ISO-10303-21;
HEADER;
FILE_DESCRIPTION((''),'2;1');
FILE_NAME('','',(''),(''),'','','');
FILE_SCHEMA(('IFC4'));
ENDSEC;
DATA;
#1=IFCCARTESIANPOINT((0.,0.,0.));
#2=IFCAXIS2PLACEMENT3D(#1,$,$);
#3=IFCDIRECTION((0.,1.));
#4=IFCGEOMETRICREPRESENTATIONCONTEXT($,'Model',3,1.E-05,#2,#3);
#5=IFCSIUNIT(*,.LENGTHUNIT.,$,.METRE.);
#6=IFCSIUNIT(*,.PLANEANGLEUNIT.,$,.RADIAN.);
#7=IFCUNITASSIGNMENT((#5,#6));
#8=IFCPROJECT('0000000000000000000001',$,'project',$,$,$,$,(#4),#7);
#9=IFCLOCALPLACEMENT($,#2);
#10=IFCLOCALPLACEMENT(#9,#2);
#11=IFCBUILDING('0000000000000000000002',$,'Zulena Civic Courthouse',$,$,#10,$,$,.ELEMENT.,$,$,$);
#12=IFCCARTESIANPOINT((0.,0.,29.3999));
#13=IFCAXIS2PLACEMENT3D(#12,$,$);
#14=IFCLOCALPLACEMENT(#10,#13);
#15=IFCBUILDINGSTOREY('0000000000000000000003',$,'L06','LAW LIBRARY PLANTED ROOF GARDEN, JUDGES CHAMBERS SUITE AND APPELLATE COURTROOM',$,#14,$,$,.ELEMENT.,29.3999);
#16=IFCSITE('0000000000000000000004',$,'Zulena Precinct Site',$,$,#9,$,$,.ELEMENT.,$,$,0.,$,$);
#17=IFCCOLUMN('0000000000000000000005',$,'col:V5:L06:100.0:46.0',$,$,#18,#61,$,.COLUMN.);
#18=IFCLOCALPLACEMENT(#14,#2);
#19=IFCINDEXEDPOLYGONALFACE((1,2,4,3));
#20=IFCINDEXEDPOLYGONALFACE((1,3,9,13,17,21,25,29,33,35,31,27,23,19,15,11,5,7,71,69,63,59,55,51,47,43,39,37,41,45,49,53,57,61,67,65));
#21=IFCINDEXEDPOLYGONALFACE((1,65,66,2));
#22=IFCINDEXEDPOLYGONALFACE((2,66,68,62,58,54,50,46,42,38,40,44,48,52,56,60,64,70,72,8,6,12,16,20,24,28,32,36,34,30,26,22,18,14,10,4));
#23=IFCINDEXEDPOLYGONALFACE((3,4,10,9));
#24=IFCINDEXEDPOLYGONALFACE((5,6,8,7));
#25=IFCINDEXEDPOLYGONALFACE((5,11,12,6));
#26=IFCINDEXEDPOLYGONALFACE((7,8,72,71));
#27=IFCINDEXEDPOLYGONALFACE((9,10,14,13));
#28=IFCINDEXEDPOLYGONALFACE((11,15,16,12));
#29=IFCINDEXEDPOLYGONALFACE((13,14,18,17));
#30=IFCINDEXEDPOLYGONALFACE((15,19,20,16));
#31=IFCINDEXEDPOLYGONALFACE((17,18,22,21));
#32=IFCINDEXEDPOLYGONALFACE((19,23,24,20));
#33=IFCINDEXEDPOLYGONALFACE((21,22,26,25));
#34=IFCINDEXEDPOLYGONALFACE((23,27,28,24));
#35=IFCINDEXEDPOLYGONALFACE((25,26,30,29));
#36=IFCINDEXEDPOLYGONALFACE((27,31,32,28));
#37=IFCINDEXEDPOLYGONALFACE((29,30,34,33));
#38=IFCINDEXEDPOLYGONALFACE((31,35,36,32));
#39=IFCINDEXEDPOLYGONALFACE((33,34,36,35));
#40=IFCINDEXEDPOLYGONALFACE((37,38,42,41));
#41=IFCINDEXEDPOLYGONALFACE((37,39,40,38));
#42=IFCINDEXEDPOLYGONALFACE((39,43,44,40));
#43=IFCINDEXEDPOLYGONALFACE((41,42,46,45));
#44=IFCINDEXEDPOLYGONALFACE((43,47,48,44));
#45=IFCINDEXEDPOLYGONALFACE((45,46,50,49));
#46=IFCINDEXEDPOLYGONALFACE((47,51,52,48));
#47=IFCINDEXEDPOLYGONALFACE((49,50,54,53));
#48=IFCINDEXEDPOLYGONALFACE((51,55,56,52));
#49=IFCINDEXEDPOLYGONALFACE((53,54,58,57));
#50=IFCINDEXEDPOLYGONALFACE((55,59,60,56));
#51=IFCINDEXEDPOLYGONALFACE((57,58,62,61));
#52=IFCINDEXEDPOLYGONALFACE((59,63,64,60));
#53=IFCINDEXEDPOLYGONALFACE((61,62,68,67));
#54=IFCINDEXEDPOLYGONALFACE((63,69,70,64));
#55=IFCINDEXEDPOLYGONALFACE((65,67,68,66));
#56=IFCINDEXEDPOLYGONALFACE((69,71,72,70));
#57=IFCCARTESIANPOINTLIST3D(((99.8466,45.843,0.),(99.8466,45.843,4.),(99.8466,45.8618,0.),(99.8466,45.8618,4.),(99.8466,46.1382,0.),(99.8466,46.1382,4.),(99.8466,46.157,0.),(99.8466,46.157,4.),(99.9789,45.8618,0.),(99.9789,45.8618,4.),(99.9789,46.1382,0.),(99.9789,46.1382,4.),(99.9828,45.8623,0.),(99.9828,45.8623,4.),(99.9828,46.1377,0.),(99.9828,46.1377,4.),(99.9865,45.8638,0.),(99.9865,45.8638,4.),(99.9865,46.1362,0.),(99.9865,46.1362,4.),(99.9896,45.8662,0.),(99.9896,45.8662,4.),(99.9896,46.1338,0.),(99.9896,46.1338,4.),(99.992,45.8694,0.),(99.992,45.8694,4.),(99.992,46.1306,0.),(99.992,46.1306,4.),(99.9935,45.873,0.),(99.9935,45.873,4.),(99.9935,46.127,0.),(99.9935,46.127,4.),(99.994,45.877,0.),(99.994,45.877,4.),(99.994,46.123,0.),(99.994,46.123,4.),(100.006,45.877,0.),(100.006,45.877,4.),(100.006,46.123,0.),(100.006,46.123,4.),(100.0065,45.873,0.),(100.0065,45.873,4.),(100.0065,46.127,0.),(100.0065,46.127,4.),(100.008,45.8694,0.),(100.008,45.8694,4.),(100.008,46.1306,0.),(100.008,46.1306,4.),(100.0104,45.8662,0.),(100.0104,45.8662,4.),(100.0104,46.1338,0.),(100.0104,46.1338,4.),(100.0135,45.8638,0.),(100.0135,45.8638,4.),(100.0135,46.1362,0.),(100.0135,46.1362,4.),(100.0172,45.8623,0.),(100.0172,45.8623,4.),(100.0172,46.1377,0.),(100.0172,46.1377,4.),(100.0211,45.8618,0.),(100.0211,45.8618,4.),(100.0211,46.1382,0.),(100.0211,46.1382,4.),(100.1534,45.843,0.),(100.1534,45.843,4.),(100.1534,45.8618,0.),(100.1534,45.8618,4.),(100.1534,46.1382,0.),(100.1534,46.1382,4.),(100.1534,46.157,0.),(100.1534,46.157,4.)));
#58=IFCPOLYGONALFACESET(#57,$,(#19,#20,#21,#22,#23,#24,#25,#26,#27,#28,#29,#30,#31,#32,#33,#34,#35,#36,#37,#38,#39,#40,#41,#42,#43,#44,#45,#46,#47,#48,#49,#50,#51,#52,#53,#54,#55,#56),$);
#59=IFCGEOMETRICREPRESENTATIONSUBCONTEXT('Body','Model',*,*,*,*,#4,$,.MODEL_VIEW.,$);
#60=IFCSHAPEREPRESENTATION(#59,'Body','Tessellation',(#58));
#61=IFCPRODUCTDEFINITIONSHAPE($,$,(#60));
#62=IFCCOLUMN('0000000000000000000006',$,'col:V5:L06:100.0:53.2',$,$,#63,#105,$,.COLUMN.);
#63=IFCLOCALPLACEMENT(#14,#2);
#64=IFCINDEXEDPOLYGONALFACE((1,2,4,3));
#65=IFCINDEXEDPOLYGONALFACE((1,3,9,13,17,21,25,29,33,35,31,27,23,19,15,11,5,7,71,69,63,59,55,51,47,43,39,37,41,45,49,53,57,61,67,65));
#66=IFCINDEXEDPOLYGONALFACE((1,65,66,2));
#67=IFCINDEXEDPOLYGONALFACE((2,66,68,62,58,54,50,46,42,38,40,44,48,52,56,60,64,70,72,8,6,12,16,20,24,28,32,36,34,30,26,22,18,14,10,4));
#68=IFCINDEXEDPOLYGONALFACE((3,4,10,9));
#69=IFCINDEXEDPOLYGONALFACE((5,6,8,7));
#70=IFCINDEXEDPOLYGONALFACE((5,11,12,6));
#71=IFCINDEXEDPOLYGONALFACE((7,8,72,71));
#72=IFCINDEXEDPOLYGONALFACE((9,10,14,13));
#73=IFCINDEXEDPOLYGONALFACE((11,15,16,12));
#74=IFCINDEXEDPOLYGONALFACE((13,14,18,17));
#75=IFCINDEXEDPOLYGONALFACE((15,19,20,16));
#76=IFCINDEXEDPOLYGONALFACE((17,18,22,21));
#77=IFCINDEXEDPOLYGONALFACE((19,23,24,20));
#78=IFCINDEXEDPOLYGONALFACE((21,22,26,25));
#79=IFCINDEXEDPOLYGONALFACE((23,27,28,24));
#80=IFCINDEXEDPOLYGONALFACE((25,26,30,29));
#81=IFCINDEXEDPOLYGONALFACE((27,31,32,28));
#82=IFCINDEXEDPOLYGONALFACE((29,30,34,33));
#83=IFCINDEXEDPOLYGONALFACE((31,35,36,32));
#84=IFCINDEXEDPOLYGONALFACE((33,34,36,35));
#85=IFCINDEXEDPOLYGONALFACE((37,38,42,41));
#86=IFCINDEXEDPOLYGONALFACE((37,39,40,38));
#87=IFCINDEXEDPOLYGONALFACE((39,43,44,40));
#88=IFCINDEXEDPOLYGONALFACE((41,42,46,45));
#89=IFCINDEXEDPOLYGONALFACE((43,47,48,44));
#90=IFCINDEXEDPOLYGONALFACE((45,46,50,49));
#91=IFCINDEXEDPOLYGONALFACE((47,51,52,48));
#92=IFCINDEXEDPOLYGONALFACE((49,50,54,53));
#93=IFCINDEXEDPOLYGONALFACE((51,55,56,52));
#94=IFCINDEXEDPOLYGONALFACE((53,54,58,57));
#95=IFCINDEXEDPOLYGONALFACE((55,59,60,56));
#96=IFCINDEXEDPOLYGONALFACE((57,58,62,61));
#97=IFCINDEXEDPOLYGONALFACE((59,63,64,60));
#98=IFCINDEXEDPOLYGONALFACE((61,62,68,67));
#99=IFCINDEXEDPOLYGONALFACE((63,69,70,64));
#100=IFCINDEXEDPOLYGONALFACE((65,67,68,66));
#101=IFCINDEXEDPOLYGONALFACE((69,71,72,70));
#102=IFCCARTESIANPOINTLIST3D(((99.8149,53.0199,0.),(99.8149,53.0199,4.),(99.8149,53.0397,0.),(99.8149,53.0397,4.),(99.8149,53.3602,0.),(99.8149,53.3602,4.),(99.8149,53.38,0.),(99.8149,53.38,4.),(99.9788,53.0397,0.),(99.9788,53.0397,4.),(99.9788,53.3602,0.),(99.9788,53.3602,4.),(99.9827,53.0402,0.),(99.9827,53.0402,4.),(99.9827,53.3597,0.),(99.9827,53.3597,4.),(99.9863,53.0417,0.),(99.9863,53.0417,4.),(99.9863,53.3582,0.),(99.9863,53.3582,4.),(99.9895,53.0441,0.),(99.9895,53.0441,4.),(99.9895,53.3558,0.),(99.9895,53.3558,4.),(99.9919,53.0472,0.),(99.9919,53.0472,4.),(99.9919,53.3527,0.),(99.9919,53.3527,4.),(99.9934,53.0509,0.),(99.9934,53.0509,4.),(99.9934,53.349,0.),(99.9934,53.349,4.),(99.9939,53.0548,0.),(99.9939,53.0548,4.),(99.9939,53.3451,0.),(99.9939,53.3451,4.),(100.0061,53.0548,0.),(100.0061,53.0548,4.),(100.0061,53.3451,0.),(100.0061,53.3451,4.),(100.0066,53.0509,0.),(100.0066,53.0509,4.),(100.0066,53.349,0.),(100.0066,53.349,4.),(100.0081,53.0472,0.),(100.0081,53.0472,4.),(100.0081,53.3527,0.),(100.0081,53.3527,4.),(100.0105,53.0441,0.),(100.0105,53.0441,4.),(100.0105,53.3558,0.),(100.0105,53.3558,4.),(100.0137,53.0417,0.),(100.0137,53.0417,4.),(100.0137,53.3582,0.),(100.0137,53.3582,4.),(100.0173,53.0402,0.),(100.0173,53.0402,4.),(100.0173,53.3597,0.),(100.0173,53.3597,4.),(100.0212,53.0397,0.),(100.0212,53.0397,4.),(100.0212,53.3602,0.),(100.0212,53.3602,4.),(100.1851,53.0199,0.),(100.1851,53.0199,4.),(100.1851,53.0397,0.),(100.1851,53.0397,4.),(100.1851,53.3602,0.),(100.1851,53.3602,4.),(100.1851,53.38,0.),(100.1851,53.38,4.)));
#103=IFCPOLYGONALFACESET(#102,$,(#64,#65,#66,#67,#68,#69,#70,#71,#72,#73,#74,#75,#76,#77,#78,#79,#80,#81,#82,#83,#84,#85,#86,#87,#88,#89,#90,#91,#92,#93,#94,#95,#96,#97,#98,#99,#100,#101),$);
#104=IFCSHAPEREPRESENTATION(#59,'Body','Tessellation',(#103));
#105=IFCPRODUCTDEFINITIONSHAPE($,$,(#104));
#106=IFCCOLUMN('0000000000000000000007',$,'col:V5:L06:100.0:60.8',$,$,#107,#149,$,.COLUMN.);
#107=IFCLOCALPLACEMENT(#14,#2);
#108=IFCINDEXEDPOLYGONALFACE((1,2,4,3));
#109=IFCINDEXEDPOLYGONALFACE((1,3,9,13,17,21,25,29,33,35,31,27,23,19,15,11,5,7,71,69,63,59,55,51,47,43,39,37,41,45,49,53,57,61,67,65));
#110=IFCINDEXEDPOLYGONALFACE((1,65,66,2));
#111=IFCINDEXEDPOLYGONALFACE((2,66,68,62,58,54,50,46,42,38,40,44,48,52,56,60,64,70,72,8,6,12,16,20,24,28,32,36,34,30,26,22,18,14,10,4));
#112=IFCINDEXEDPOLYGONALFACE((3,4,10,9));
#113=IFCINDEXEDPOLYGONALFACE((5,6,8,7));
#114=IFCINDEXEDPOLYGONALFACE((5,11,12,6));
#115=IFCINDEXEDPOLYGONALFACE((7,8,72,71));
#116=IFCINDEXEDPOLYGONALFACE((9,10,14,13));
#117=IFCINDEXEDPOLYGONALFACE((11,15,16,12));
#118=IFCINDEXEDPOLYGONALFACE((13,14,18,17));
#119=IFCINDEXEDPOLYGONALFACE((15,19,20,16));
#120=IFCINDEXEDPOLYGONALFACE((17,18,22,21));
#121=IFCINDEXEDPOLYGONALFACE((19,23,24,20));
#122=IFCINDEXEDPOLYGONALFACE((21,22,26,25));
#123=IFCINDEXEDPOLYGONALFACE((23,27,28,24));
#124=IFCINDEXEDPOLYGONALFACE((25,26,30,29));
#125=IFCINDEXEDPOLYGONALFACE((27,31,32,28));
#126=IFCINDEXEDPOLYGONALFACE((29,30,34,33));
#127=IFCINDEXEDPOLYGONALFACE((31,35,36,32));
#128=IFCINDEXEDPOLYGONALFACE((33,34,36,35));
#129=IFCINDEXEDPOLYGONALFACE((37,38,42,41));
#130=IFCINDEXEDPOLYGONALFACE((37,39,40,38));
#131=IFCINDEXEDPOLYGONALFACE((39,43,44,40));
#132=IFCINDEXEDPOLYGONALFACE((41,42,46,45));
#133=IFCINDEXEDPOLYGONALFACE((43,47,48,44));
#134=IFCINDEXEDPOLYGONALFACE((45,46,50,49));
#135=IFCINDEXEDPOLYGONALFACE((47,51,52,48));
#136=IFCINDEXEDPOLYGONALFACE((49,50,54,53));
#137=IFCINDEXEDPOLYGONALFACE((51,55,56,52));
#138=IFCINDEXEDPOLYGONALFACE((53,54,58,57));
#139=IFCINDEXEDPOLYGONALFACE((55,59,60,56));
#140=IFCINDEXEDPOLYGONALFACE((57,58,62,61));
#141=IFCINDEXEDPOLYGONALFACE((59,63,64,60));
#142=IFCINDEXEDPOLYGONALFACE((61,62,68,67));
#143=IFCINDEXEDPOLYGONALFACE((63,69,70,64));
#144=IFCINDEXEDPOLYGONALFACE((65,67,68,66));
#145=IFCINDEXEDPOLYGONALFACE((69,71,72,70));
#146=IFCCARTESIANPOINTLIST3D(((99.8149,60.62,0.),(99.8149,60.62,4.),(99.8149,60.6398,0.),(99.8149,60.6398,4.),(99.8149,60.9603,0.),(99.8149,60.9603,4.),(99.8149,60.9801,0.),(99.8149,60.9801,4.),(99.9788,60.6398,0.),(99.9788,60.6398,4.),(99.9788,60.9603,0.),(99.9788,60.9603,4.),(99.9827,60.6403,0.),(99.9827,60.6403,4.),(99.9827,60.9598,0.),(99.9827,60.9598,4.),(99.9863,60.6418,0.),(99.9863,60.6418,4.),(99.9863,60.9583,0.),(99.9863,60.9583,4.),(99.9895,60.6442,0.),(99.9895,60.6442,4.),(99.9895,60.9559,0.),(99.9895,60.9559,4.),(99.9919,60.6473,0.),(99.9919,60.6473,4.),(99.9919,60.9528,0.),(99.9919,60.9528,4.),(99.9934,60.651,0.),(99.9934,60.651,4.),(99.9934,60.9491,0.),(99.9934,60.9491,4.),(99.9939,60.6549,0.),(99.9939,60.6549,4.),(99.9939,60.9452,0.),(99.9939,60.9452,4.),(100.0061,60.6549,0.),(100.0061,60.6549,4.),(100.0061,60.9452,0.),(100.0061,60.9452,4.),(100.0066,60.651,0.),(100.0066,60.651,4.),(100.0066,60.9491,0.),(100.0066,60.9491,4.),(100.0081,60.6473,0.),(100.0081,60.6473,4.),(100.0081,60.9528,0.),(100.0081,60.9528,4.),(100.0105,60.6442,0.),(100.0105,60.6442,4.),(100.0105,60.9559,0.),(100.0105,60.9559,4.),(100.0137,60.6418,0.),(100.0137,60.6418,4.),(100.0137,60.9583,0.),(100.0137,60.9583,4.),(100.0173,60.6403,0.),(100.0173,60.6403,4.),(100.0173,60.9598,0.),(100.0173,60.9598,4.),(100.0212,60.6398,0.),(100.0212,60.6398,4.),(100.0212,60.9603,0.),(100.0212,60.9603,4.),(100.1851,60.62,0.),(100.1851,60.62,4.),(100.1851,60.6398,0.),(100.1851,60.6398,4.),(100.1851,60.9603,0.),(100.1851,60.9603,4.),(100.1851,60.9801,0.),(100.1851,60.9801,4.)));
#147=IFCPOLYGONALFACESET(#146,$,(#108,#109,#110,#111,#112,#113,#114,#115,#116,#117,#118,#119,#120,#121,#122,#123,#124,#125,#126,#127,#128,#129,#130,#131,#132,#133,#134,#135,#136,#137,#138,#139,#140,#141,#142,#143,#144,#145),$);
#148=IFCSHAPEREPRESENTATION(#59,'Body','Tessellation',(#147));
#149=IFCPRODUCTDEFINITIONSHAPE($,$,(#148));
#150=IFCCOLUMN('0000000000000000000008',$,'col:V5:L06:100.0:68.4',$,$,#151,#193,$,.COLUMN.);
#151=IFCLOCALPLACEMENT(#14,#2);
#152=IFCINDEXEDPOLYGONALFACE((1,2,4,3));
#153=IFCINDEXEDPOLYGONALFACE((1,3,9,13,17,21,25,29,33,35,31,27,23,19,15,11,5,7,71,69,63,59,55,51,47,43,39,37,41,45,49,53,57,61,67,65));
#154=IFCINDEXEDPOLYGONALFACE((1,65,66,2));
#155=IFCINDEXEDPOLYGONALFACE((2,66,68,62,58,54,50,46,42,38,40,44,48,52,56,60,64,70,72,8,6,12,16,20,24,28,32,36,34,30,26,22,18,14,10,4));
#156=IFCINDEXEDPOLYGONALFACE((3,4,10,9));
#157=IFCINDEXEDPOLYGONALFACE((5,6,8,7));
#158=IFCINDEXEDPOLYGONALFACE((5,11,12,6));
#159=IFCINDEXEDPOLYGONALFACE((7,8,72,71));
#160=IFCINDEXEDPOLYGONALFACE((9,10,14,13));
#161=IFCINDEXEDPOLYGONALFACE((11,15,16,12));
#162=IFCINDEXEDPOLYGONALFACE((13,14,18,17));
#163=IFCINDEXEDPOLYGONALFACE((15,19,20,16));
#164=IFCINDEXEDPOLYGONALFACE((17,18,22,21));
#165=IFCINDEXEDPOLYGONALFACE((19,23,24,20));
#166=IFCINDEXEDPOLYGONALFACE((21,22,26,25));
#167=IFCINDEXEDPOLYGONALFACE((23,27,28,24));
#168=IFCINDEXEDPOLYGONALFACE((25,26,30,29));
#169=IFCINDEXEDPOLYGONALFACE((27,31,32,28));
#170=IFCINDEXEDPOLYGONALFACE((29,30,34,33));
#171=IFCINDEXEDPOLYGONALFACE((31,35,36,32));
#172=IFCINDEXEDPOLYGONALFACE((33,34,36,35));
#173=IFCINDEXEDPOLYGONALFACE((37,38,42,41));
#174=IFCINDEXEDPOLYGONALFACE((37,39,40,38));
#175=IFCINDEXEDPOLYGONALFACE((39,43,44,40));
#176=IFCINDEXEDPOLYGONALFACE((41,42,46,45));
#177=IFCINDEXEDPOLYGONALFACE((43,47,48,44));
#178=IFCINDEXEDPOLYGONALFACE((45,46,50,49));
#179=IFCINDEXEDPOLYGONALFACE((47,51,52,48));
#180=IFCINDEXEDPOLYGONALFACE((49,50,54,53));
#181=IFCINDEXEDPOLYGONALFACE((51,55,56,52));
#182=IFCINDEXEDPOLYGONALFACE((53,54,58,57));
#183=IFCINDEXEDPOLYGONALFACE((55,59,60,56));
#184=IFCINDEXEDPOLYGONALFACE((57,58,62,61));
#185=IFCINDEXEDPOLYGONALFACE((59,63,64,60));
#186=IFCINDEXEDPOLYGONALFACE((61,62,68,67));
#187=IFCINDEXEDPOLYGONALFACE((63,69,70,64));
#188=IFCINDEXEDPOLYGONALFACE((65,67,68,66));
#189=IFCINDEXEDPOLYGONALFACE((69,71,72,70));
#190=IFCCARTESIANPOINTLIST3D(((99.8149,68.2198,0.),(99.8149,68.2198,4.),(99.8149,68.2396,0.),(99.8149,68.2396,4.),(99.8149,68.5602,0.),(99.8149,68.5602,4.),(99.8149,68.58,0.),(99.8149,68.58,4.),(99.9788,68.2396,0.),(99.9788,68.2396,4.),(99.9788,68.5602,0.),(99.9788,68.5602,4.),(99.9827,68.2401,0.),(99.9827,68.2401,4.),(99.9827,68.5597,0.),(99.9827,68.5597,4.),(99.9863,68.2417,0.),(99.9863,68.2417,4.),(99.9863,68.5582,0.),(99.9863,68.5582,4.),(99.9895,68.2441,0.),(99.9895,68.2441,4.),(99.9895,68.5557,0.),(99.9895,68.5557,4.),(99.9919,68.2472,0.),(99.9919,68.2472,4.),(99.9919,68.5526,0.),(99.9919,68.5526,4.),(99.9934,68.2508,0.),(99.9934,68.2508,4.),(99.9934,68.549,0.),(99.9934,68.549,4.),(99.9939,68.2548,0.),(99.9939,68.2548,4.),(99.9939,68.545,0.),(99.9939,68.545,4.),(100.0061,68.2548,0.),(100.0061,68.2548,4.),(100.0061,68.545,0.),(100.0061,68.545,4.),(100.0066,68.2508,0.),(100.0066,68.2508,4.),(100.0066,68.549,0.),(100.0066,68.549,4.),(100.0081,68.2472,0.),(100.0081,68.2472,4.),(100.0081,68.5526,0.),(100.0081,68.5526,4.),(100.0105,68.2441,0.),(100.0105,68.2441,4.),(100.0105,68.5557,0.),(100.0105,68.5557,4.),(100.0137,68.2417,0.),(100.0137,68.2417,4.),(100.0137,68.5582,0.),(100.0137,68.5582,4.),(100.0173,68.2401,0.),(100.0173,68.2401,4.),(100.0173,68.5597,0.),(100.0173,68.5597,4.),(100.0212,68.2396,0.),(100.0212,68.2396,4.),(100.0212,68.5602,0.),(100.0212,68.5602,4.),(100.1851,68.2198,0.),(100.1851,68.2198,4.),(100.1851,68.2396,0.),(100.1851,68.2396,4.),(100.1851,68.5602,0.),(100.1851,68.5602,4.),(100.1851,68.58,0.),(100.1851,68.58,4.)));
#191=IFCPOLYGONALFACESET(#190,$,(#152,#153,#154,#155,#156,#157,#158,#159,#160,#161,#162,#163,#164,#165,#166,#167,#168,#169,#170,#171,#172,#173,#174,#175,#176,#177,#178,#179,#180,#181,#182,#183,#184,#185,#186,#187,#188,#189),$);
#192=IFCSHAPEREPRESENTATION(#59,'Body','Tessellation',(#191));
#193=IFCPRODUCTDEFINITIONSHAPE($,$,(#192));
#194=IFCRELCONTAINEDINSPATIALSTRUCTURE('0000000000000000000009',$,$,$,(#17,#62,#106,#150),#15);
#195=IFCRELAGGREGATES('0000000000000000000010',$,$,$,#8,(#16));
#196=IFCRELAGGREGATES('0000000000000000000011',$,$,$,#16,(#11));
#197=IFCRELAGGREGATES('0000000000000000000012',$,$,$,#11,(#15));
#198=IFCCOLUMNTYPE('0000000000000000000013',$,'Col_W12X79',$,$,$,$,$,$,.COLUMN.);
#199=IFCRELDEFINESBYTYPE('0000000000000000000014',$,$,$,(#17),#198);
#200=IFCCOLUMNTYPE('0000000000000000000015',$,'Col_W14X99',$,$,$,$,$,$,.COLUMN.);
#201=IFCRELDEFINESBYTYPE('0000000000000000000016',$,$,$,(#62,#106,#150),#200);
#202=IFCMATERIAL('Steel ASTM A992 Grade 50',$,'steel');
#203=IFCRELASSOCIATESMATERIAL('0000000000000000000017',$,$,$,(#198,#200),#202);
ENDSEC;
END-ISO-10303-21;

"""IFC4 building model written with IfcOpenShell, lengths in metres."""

from ifc_helpers import new_model, si_unit, direction, frame, origin, origin_2d, place, context, subcontext, project, spatial, i_section, extrude, material, material_profile, profile_set, type_object, element, save


model = new_model("IFC4")

# Units and contexts
model_context = context("Model", 3, precision=1e-05, world=origin(), true_north=direction((0.0, 1.0)))
body_context = subcontext(model_context, "Body", "Model", "MODEL_VIEW")
ifc_project = project(units=[si_unit("LENGTHUNIT", "METRE"), si_unit("PLANEANGLEUNIT", "RADIAN")], contexts=[model_context])

# Site, building, storey
site_placement = place(None, origin())
site = spatial("IfcSite", under=ifc_project, at=site_placement, Name="Zulena Precinct Site", CompositionType="ELEMENT", RefElevation=0.0)
building_placement = place(site_placement, origin())
building = spatial("IfcBuilding", under=site, at=building_placement, Name="Zulena Civic Courthouse", CompositionType="ELEMENT")
storey_placement = place(building_placement, frame((0.0, 0.0, 29.3999)))
storey = spatial("IfcBuildingStorey", under=building, at=storey_placement, Name="L06", Description="LAW LIBRARY PLANTED ROOF GARDEN, JUDGES CHAMBERS SUITE AND APPELLATE COURTROOM", CompositionType="ELEMENT", Elevation=29.3999)

# Columns
ifc_material_1 = material(Name="Steel ASTM A992 Grade 50", Category="steel")
ifc_material_profile_1 = material_profile(ifc_material_1, i_section(OverallWidth=0.3069, OverallDepth=0.314, WebThickness=0.012, FlangeThickness=0.0188, FilletRadius=0.0151, at=origin_2d()), Name="W12X79")
ifc_profile_set_1 = profile_set([ifc_material_profile_1], Name="Steel ASTM A992 Grade 50")
column_type_1 = type_object("IfcColumnType", Name="Col_W12X79", PredefinedType="COLUMN", material=ifc_profile_set_1)
column_placement = place(storey_placement, frame((100.0, 46.0, 0.0), z_axis=(0.0, 0.0, 1.0), x_axis=(1.0, 0.0, 0.0)))
element("IfcColumn", 1, at=column_placement, inside=storey, type_object=column_type_1, Name="col:V5:L06:100.0:46.0", PredefinedType="COLUMN", context=body_context, shape_type="SweptSolid", body=[
    extrude(i_section(OverallWidth=0.3069, OverallDepth=0.314, WebThickness=0.012, FlangeThickness=0.0188, FilletRadius=0.0151, at=origin_2d()), origin(), (0.0, 0.0, 1.0), 4.0),
])
ifc_material_profile_2 = material_profile(ifc_material_1, i_section(OverallWidth=0.3701, OverallDepth=0.3601, WebThickness=0.0122, FlangeThickness=0.0198, FilletRadius=0.0151, at=origin_2d()), Name="W14X99")
ifc_profile_set_2 = profile_set([ifc_material_profile_2], Name="Steel ASTM A992 Grade 50")
column_type_2 = type_object("IfcColumnType", Name="Col_W14X99", PredefinedType="COLUMN", material=ifc_profile_set_2)
for number, where, z_axis, x_axis, name in (
    (2, (100.0, 53.2, 0.0), (0.0, 0.0, 1.0), (1.0, 0.0, 0.0), "col:V5:L06:100.0:53.2"),
    (3, (100.0, 60.8, 0.0), (0.0, 0.0, 1.0), (1.0, 0.0, 0.0), "col:V5:L06:100.0:60.8"),
    (4, (100.0, 68.3999, 0.0), (0.0, 0.0, 1.0), (1.0, 0.0, 0.0), "col:V5:L06:100.0:68.4"),
):
    element("IfcColumn", number, at=place(storey_placement, frame(where, z_axis=z_axis, x_axis=x_axis)), inside=storey, type_object=column_type_2, Name=name, PredefinedType="COLUMN", context=body_context, shape_type="SweptSolid", body=[
        extrude(i_section(OverallWidth=0.3701, OverallDepth=0.3601, WebThickness=0.0122, FlangeThickness=0.0198, FilletRadius=0.0151, at=origin_2d()), origin(), (0.0, 0.0, 1.0), 4.0),
    ])

save(model, "model.ifc")
